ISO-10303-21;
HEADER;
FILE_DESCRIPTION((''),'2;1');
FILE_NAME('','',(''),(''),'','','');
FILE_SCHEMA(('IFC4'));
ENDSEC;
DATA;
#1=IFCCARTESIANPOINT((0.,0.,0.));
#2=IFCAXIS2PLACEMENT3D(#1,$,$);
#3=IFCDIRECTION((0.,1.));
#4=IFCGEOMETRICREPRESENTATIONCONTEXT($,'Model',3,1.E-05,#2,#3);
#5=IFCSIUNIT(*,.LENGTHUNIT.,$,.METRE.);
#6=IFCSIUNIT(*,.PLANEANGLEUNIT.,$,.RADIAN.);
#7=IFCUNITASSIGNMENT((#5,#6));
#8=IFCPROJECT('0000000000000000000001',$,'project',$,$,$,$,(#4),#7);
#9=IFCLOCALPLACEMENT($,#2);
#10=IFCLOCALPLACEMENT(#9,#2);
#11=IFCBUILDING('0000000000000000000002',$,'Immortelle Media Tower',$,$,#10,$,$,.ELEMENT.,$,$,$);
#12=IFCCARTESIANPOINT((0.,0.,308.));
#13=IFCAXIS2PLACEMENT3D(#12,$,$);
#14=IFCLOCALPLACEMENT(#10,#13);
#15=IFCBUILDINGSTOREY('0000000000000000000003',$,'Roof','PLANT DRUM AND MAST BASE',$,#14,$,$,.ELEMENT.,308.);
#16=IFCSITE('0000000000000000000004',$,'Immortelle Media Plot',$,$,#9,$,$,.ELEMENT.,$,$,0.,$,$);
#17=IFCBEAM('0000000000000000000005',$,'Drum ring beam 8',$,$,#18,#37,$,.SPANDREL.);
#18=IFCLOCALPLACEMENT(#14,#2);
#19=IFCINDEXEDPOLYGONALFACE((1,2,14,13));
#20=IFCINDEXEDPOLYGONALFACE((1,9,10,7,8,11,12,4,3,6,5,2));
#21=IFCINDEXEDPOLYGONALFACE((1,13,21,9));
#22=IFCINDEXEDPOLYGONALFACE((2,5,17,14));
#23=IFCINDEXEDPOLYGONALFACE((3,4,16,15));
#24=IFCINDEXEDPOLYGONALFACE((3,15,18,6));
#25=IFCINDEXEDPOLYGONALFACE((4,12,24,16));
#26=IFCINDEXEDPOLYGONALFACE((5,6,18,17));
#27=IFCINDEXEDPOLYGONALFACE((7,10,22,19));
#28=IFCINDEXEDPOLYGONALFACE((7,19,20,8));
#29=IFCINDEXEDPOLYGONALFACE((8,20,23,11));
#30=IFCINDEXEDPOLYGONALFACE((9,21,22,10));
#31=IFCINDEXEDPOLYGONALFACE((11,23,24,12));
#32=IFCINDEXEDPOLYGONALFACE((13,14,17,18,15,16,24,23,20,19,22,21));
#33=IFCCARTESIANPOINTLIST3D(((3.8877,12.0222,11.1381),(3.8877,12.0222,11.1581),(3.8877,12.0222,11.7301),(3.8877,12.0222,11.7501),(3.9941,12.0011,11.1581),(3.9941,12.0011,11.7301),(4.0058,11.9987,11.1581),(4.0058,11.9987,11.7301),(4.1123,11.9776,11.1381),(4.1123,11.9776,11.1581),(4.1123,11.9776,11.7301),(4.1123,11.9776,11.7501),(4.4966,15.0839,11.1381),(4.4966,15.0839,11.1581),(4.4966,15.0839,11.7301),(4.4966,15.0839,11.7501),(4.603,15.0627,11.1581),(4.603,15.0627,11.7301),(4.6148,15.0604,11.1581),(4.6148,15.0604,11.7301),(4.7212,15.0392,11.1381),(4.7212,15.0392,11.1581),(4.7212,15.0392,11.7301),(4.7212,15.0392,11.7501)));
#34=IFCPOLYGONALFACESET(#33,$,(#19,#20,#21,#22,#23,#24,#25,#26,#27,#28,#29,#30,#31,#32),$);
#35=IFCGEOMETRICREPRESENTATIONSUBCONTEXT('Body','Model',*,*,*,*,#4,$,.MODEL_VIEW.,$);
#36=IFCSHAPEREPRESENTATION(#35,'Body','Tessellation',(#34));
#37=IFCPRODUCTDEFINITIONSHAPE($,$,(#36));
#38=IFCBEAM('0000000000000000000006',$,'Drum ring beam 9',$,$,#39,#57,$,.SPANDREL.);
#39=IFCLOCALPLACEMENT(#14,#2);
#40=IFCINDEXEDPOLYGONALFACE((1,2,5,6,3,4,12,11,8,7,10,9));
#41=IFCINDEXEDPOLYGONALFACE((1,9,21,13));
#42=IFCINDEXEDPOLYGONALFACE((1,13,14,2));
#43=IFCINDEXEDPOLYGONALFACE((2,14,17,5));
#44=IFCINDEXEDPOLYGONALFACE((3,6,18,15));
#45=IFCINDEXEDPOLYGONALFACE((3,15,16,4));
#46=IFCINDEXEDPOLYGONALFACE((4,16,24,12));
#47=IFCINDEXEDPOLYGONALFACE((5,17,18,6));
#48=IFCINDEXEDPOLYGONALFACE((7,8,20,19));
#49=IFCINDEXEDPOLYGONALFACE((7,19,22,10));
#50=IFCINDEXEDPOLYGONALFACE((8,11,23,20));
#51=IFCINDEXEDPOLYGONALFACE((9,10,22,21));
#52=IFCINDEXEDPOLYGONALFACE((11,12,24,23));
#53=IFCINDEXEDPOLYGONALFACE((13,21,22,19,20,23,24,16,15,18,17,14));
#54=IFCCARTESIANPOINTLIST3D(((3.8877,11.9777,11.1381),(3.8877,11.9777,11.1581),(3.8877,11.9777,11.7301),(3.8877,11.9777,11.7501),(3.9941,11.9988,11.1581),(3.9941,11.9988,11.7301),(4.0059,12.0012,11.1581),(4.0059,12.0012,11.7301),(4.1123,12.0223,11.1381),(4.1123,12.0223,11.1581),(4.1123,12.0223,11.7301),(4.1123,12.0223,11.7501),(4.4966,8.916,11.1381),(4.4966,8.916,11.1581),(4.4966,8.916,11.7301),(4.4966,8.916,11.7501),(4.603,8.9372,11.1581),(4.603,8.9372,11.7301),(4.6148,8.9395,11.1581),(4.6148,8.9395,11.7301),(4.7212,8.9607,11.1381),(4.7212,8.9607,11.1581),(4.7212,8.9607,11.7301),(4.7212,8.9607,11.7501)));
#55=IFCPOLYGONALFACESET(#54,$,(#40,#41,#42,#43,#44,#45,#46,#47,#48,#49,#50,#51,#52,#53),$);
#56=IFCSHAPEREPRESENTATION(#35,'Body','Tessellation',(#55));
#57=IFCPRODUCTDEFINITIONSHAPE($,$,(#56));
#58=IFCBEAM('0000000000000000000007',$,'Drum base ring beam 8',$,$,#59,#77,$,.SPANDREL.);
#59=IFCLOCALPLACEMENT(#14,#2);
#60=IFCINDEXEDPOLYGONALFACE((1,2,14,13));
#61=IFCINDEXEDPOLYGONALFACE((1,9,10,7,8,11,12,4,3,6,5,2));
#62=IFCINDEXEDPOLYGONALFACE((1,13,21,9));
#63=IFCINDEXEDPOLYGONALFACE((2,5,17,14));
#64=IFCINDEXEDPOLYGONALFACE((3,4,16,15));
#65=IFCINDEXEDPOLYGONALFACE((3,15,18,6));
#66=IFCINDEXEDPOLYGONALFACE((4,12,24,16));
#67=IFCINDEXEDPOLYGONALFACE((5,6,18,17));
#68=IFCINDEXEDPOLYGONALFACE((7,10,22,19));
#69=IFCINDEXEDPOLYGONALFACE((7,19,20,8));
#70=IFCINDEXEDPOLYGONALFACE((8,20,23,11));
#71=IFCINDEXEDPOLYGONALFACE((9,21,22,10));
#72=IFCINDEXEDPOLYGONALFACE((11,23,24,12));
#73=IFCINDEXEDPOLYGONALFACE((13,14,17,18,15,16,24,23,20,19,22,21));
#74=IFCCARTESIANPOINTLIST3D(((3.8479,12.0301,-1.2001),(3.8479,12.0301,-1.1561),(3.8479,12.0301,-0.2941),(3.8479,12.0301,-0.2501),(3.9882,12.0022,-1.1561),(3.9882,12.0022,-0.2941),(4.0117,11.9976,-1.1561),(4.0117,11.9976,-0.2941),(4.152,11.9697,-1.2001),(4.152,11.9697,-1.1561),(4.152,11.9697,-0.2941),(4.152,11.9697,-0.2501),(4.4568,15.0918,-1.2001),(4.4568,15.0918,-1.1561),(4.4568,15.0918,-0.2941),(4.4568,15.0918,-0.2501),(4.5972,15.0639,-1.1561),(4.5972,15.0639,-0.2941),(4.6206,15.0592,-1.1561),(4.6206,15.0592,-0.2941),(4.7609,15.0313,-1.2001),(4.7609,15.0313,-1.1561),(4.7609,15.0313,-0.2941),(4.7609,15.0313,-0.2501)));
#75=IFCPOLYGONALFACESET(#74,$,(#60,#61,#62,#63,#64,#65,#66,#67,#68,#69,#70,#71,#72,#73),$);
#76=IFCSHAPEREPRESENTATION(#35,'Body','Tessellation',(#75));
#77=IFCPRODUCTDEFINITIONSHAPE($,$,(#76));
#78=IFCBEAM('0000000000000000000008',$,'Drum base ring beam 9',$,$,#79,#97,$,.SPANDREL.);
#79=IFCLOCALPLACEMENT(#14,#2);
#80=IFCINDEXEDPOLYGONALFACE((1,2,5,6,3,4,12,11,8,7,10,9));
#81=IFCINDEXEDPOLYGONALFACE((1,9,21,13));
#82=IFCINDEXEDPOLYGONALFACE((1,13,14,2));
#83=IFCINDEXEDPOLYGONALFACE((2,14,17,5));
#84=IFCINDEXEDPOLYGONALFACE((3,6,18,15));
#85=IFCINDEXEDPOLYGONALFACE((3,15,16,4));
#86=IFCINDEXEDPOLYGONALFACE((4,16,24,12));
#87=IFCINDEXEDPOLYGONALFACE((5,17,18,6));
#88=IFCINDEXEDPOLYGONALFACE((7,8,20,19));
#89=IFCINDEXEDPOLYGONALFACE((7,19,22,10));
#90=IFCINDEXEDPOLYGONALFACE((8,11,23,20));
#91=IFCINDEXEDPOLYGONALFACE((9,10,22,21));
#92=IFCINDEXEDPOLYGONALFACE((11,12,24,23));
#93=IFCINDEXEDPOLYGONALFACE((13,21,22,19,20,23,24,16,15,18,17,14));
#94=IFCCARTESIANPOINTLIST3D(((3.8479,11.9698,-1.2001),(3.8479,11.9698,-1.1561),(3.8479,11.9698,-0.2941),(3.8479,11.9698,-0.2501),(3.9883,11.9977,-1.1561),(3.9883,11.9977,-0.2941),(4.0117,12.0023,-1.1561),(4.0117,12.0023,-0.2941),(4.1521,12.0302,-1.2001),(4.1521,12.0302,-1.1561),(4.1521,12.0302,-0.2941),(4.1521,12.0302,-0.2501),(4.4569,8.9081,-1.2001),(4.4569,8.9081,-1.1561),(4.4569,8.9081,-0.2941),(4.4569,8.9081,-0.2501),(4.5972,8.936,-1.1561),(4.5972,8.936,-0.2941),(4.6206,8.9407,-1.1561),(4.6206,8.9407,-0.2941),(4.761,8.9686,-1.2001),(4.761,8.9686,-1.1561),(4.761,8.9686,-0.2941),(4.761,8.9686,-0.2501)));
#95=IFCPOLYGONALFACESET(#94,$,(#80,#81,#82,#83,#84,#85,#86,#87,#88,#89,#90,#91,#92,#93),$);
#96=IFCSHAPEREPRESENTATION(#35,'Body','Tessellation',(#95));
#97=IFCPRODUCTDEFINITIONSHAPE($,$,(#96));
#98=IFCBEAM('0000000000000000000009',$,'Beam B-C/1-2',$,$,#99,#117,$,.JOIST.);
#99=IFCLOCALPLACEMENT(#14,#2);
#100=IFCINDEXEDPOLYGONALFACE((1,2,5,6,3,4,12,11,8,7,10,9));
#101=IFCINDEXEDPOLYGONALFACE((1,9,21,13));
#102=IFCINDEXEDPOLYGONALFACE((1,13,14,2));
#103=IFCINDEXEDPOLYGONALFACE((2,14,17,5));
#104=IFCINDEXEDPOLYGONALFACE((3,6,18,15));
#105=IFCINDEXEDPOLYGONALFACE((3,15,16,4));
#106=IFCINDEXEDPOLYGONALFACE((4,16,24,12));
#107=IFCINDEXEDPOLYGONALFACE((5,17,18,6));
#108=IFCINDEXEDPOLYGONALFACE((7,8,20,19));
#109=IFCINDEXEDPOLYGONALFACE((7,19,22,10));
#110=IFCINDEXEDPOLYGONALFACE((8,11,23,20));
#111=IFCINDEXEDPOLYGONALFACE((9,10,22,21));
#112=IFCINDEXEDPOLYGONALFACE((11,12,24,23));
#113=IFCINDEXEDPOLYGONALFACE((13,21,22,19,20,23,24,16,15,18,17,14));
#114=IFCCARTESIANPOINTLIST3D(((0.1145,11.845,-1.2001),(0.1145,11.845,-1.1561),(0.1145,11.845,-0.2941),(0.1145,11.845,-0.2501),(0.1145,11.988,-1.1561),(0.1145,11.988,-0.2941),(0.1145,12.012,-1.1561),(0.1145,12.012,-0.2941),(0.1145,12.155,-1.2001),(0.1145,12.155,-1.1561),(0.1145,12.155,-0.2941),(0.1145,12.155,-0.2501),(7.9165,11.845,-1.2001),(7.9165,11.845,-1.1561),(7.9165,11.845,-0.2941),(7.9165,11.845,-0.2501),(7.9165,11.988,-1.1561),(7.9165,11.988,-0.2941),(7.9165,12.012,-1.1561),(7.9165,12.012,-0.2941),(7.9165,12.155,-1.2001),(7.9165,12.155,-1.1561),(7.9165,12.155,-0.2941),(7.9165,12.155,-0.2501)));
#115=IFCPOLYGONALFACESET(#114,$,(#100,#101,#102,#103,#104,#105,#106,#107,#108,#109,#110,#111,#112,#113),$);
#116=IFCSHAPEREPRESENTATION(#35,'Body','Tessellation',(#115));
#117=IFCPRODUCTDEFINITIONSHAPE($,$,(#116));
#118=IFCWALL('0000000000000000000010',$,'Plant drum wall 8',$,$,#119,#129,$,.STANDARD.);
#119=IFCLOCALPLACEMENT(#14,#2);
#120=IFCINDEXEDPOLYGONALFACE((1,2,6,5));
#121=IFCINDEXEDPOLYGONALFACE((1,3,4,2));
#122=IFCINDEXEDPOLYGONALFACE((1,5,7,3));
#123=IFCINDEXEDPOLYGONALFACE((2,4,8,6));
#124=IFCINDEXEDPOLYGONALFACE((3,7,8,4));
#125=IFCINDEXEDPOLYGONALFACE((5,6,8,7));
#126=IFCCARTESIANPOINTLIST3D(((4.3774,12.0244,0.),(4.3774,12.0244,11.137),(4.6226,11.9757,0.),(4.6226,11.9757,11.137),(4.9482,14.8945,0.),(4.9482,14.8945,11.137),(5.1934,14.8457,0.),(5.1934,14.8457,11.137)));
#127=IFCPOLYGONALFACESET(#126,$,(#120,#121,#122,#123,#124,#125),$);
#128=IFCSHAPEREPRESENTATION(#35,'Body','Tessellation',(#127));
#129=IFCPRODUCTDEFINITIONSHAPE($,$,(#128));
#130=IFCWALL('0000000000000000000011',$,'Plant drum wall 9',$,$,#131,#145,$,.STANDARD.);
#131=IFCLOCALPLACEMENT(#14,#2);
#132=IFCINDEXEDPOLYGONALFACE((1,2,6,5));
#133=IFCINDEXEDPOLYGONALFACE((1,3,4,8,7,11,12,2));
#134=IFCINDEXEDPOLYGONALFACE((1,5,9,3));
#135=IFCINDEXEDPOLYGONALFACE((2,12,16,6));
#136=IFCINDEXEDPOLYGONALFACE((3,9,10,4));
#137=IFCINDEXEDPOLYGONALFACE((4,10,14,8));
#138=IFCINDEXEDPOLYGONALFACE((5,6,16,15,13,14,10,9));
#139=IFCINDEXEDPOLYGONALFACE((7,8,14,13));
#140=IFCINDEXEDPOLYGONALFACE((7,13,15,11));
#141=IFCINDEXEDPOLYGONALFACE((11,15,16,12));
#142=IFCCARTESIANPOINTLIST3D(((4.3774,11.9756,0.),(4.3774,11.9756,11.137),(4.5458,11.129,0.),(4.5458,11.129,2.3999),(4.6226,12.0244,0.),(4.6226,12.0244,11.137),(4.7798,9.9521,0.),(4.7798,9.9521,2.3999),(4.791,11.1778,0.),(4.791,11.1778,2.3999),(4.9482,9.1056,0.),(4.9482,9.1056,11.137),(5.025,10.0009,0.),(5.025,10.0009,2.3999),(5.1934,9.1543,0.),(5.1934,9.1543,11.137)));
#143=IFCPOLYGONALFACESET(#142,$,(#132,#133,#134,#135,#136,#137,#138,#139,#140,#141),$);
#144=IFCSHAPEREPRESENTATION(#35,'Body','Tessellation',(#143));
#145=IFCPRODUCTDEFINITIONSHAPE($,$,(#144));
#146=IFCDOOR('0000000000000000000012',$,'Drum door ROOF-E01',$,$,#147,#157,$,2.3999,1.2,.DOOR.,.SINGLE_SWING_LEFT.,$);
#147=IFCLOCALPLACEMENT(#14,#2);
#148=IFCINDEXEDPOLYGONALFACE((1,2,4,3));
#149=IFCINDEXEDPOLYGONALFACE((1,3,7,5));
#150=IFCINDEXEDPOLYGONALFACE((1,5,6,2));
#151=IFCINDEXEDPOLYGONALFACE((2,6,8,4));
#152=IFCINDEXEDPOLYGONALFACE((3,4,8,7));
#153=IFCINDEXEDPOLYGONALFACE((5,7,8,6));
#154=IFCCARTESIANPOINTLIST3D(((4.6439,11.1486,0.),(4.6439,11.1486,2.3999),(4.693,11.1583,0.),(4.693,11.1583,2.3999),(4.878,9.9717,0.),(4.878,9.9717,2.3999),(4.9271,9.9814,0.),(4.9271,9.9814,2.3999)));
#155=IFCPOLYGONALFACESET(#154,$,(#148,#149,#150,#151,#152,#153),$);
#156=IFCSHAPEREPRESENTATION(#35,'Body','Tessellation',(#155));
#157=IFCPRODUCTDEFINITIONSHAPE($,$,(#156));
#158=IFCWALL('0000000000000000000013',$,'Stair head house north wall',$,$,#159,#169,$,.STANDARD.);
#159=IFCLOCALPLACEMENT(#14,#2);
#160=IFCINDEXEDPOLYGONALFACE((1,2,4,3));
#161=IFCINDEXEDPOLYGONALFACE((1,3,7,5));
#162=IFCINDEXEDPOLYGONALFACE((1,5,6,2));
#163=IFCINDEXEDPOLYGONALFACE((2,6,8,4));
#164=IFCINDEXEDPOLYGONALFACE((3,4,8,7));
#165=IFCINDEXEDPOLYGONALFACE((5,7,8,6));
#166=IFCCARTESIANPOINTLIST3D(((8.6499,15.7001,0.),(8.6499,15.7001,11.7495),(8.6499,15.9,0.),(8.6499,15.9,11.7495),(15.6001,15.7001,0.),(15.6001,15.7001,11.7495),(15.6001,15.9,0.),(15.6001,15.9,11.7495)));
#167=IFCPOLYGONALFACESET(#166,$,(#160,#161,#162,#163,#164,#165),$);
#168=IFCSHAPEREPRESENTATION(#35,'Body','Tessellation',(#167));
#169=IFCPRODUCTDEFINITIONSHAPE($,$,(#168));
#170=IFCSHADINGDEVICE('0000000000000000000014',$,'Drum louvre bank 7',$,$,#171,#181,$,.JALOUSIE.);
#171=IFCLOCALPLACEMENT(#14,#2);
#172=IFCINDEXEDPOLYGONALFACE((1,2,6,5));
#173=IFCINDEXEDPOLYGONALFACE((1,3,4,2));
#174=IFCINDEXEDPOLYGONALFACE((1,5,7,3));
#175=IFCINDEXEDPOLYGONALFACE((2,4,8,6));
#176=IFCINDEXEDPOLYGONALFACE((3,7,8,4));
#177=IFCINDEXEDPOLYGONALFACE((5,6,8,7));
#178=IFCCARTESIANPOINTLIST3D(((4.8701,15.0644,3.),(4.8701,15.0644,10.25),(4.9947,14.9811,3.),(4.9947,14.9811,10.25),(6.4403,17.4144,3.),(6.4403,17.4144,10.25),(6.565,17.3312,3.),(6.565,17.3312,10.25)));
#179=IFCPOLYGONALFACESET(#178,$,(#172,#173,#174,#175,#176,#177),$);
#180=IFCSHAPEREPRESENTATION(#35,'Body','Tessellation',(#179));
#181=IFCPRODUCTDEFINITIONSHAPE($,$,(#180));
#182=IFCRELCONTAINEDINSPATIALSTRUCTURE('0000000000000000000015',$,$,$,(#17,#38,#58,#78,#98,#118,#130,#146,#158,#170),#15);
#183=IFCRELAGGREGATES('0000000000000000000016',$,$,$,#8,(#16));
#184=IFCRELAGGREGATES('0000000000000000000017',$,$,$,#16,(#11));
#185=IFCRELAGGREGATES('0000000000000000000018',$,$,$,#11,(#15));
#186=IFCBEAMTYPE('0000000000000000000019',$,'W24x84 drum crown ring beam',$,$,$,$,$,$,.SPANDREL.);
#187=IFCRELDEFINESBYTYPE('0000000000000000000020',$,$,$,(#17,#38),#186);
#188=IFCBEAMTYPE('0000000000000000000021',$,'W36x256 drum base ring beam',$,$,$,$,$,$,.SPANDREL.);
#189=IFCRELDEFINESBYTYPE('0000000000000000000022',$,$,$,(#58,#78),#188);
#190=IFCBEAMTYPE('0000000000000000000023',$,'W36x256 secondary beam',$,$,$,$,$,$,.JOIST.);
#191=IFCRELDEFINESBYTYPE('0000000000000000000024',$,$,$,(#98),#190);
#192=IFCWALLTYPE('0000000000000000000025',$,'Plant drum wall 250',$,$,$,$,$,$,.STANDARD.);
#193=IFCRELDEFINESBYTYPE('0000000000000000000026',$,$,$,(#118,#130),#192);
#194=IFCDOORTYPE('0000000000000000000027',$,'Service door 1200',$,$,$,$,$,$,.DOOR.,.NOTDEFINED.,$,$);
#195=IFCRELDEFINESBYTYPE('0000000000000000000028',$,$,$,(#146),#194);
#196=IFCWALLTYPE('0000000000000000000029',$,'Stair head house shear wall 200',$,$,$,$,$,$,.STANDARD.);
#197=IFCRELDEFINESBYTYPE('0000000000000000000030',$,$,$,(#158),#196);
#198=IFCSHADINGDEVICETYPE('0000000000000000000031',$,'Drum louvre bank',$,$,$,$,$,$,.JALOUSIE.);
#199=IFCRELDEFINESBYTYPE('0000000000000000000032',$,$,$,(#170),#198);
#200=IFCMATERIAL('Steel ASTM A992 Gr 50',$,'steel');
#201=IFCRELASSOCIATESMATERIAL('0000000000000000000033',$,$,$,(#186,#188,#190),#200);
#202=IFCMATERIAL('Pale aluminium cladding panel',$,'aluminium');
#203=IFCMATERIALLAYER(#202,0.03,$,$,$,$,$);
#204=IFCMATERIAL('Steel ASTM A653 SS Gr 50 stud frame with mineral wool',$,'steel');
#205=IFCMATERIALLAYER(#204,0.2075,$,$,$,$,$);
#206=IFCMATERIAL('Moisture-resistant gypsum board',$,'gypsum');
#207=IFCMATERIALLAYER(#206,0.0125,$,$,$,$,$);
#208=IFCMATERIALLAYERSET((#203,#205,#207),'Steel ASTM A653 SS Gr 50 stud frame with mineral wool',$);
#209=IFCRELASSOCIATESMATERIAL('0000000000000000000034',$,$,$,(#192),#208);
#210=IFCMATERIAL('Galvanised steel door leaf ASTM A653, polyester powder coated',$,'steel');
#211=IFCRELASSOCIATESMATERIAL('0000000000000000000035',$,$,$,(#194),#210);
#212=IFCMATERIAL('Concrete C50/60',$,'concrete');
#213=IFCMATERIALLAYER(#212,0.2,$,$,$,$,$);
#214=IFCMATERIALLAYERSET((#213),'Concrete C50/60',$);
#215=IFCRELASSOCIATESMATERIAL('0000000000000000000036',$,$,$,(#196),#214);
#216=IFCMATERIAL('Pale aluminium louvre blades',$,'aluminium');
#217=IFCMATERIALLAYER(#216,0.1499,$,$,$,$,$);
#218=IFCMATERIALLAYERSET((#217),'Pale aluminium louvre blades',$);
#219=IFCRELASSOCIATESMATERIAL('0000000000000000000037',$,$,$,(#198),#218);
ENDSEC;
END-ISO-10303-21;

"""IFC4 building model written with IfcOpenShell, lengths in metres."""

from ifc_helpers import new_model, si_unit, direction, frame, frame_2d, origin, origin_2d, place, context, subcontext, project, spatial, rectangle, i_section, extrude, material, layer, layer_set, material_profile, profile_set, type_object, element, fill, save


model = new_model("IFC4")

# Units and contexts
model_context = context("Model", 3, precision=1e-05, world=origin(), true_north=direction((0.0, 1.0)))
body_context = subcontext(model_context, "Body", "Model", "MODEL_VIEW")
ifc_project = project(units=[si_unit("LENGTHUNIT", "METRE"), si_unit("PLANEANGLEUNIT", "RADIAN")], contexts=[model_context])

# Site, building, storey
site_placement = place(None, origin())
site = spatial("IfcSite", under=ifc_project, at=site_placement, Name="Immortelle Media Plot", CompositionType="ELEMENT", RefElevation=0.0)
building_placement = place(site_placement, origin())
building = spatial("IfcBuilding", under=site, at=building_placement, Name="Immortelle Media Tower", CompositionType="ELEMENT")
storey_placement = place(building_placement, frame((0.0, 0.0, 308.0)))
storey = spatial("IfcBuildingStorey", under=building, at=storey_placement, Name="Roof", Description="PLANT DRUM AND MAST BASE", CompositionType="ELEMENT", Elevation=308.0)

# Shared definitions
ifc_material_1 = material(Name="Steel ASTM A992 Gr 50", Category="steel")

# Beams
ifc_material_profile_1 = material_profile(ifc_material_1, i_section(OverallWidth=0.229, OverallDepth=0.6121, WebThickness=0.012, FlangeThickness=0.02, at=origin_2d()), Name="W24x84")
ifc_profile_set_1 = profile_set([ifc_material_profile_1], Name="Steel ASTM A992 Gr 50")
beam_type_1 = type_object("IfcBeamType", Name="W24x84 drum crown ring beam", PredefinedType="SPANDREL", material=ifc_profile_set_1)
for number, where, z_axis, x_axis, name in (
    (1, (4.6089, 15.0615, 11.4441), (-0.195063, -0.980791, 0.0), (0.980791, -0.195063, 0.0), "Drum ring beam 8"),
    (2, (4.0, 12.0, 11.4441), (0.195063, -0.980791, 0.0), (0.980791, 0.195063, 0.0), "Drum ring beam 9"),
):
    element("IfcBeam", number, at=place(storey_placement, frame(where, z_axis=z_axis, x_axis=x_axis)), inside=storey, type_object=beam_type_1, Name=name, PredefinedType="SPANDREL", context=body_context, shape_type="SweptSolid", body=[
        extrude(i_section(OverallWidth=0.229, OverallDepth=0.6121, WebThickness=0.012, FlangeThickness=0.02, at=origin_2d()), origin(), (0.0, 0.0, 1.0), 3.1216),
    ])
ifc_material_profile_2 = material_profile(ifc_material_1, i_section(OverallWidth=0.3101, OverallDepth=0.95, WebThickness=0.0239, FlangeThickness=0.0439, at=origin_2d()), Name="W36x256")
ifc_profile_set_2 = profile_set([ifc_material_profile_2], Name="Steel ASTM A992 Gr 50")
beam_type_2 = type_object("IfcBeamType", Name="W36x256 drum base ring beam", PredefinedType="SPANDREL", material=ifc_profile_set_2)
for number, where, z_axis, x_axis, name in (
    (3, (4.6089, 15.0615, -0.7251), (-0.195063, -0.980791, 0.0), (0.980791, -0.195063, 0.0), "Drum base ring beam 8"),
    (4, (4.0, 12.0, -0.7251), (0.195063, -0.980791, 0.0), (0.980791, 0.195063, 0.0), "Drum base ring beam 9"),
):
    element("IfcBeam", number, at=place(storey_placement, frame(where, z_axis=z_axis, x_axis=x_axis)), inside=storey, type_object=beam_type_2, Name=name, PredefinedType="SPANDREL", context=body_context, shape_type="SweptSolid", body=[
        extrude(i_section(OverallWidth=0.3101, OverallDepth=0.95, WebThickness=0.0239, FlangeThickness=0.0439, at=origin_2d()), origin(), (0.0, 0.0, 1.0), 3.1216),
    ])
ifc_material_profile_3 = material_profile(ifc_material_1, i_section(OverallWidth=0.3101, OverallDepth=0.95, WebThickness=0.0239, FlangeThickness=0.0439, at=origin_2d()), Name="W36x256")
ifc_profile_set_3 = profile_set([ifc_material_profile_3], Name="Steel ASTM A992 Gr 50")
beam_type_3 = type_object("IfcBeamType", Name="W36x256 secondary beam", PredefinedType="JOIST", material=ifc_profile_set_3)
beam_1_placement = place(storey_placement, frame((0.1145, 12.0, -0.7251), z_axis=(1.0, 0.0, 0.0), x_axis=(0.0, 1.0, 0.0)))
element("IfcBeam", 5, at=beam_1_placement, inside=storey, type_object=beam_type_3, Name="Beam B-C/1-2", PredefinedType="JOIST", context=body_context, shape_type="SweptSolid", body=[
    extrude(i_section(OverallWidth=0.3101, OverallDepth=0.95, WebThickness=0.0239, FlangeThickness=0.0439, at=origin_2d()), origin(), (0.0, 0.0, 1.0), 7.802),
])

# Wall
ifc_material_2 = material(Name="Pale aluminium cladding panel", Category="aluminium")
ifc_layer_1 = layer(ifc_material_2, 0.03)
ifc_material_3 = material(Name="Steel ASTM A653 SS Gr 50 stud frame with mineral wool", Category="steel")
ifc_layer_2 = layer(ifc_material_3, 0.2075)
ifc_material_4 = material(Name="Moisture-resistant gypsum board", Category="gypsum")
ifc_layer_3 = layer(ifc_material_4, 0.0125)
ifc_layer_set_1 = layer_set([ifc_layer_1, ifc_layer_2, ifc_layer_3], Name="Steel ASTM A653 SS Gr 50 stud frame with mineral wool")
wall_type_1 = type_object("IfcWallType", Name="Plant drum wall 250", PredefinedType="STANDARD", material=ifc_layer_set_1)
wall_1_placement = place(storey_placement, frame((5.0708, 14.8701, 0.0), z_axis=(0.0, 0.0, 1.0), x_axis=(-0.195057, -0.980792, 0.0)))
element("IfcWall", 6, at=wall_1_placement, inside=storey, type_object=wall_type_1, Name="Plant drum wall 8", PredefinedType="STANDARD", context=body_context, shape_type="SweptSolid", body=[
    extrude(rectangle(XDim=2.9263, YDim=0.25, at=frame_2d((1.4631, 0.0))), origin(), (0.0, 0.0, 1.0), 11.137),
])

# Wall, opening, door
wall_2_placement = place(storey_placement, frame((4.5, 12.0, 0.0), z_axis=(0.0, 0.0, 1.0), x_axis=(0.195057, -0.980792, 0.0)))
wall_2 = element("IfcWall", 7, at=wall_2_placement, inside=storey, type_object=wall_type_1, Name="Plant drum wall 9", PredefinedType="STANDARD", context=body_context, shape_type="SweptSolid", body=[
    extrude(rectangle(XDim=2.9263, YDim=0.25, at=frame_2d((1.4631, 0.0))), origin(), (0.0, 0.0, 1.0), 11.137),
])
opening_placement = place(wall_2_placement, frame((2.0632, 0.0, 0.0), z_axis=(0.0, 0.0, 1.0), x_axis=(-1.0, 0.0, 0.0)))
opening = element("IfcOpeningElement", 8, at=opening_placement, cuts=wall_2, PredefinedType="OPENING", context=body_context, shape_type="SweptSolid", body=[
    extrude(rectangle(XDim=1.2, YDim=2.3999, at=frame_2d((0.6001, 1.2))), frame((0.0, 0.135, 0.0), z_axis=(0.0, -1.0, 0.0), x_axis=(1.0, 0.0, 0.0)), (0.0, 0.0, 1.0), 0.27),
])
ifc_material_5 = material(Name="Galvanised steel door leaf ASTM A653, polyester powder coated", Category="steel")
door_type = type_object("IfcDoorType", Name="Service door 1200", OperationType="NOTDEFINED", PredefinedType="DOOR", material=ifc_material_5)
door_placement = place(opening_placement, origin())
door = element("IfcDoor", 9, at=door_placement, inside=storey, type_object=door_type, Name="Drum door ROOF-E01", OperationType="SINGLE_SWING_LEFT", OverallHeight=2.3999, OverallWidth=1.2, PredefinedType="DOOR", context=body_context, shape_type="SweptSolid", body=[
    extrude(rectangle(XDim=1.2, YDim=2.3999, at=frame_2d((0.6001, 1.2))), frame((0.0, 0.0249, 0.0), z_axis=(0.0, -1.0, 0.0), x_axis=(1.0, 0.0, 0.0)), (0.0, 0.0, 1.0), 0.05),
])
fill(opening, door)

# Wall
ifc_material_6 = material(Name="Concrete C50/60", Category="concrete")
ifc_layer_4 = layer(ifc_material_6, 0.2)
ifc_layer_set_2 = layer_set([ifc_layer_4], Name="Concrete C50/60")
wall_type_2 = type_object("IfcWallType", Name="Stair head house shear wall 200", PredefinedType="STANDARD", material=ifc_layer_set_2)
wall_3_placement = place(storey_placement, frame((8.6499, 15.8, 0.0), z_axis=(0.0, 0.0, 1.0), x_axis=(1.0, 0.0, 0.0)))
element("IfcWall", 10, at=wall_3_placement, inside=storey, type_object=wall_type_2, Name="Stair head house north wall", PredefinedType="STANDARD", context=body_context, shape_type="SweptSolid", body=[
    extrude(rectangle(XDim=6.9502, YDim=0.2, at=frame_2d((3.4751, 0.0))), origin(), (0.0, 0.0, 1.0), 11.7495),
])

# Shading device
ifc_material_7 = material(Name="Pale aluminium louvre blades", Category="aluminium")
ifc_layer_5 = layer(ifc_material_7, 0.1499)
ifc_layer_set_3 = layer_set([ifc_layer_5], Name="Pale aluminium louvre blades")
shading_device_type = type_object("IfcShadingDeviceType", Name="Drum louvre bank", PredefinedType="JALOUSIE", material=ifc_layer_set_3)
for number, where, z_axis, x_axis, name in (
    (11, (5.7175, 16.1978, 3.0), (0.0, 0.0, 1.0), (-0.55557, -0.83147, 0.0), "Drum louvre bank 7"),
):
    element("IfcShadingDevice", number, at=place(storey_placement, frame(where, z_axis=z_axis, x_axis=x_axis)), inside=storey, type_object=shading_device_type, Name=name, PredefinedType="JALOUSIE", context=body_context, shape_type="SweptSolid", body=[
        extrude(rectangle(XDim=2.8264, YDim=0.1499, at=origin_2d()), origin(), (0.0, 0.0, 1.0), 7.25),
    ])

save(model, "model.ifc")
